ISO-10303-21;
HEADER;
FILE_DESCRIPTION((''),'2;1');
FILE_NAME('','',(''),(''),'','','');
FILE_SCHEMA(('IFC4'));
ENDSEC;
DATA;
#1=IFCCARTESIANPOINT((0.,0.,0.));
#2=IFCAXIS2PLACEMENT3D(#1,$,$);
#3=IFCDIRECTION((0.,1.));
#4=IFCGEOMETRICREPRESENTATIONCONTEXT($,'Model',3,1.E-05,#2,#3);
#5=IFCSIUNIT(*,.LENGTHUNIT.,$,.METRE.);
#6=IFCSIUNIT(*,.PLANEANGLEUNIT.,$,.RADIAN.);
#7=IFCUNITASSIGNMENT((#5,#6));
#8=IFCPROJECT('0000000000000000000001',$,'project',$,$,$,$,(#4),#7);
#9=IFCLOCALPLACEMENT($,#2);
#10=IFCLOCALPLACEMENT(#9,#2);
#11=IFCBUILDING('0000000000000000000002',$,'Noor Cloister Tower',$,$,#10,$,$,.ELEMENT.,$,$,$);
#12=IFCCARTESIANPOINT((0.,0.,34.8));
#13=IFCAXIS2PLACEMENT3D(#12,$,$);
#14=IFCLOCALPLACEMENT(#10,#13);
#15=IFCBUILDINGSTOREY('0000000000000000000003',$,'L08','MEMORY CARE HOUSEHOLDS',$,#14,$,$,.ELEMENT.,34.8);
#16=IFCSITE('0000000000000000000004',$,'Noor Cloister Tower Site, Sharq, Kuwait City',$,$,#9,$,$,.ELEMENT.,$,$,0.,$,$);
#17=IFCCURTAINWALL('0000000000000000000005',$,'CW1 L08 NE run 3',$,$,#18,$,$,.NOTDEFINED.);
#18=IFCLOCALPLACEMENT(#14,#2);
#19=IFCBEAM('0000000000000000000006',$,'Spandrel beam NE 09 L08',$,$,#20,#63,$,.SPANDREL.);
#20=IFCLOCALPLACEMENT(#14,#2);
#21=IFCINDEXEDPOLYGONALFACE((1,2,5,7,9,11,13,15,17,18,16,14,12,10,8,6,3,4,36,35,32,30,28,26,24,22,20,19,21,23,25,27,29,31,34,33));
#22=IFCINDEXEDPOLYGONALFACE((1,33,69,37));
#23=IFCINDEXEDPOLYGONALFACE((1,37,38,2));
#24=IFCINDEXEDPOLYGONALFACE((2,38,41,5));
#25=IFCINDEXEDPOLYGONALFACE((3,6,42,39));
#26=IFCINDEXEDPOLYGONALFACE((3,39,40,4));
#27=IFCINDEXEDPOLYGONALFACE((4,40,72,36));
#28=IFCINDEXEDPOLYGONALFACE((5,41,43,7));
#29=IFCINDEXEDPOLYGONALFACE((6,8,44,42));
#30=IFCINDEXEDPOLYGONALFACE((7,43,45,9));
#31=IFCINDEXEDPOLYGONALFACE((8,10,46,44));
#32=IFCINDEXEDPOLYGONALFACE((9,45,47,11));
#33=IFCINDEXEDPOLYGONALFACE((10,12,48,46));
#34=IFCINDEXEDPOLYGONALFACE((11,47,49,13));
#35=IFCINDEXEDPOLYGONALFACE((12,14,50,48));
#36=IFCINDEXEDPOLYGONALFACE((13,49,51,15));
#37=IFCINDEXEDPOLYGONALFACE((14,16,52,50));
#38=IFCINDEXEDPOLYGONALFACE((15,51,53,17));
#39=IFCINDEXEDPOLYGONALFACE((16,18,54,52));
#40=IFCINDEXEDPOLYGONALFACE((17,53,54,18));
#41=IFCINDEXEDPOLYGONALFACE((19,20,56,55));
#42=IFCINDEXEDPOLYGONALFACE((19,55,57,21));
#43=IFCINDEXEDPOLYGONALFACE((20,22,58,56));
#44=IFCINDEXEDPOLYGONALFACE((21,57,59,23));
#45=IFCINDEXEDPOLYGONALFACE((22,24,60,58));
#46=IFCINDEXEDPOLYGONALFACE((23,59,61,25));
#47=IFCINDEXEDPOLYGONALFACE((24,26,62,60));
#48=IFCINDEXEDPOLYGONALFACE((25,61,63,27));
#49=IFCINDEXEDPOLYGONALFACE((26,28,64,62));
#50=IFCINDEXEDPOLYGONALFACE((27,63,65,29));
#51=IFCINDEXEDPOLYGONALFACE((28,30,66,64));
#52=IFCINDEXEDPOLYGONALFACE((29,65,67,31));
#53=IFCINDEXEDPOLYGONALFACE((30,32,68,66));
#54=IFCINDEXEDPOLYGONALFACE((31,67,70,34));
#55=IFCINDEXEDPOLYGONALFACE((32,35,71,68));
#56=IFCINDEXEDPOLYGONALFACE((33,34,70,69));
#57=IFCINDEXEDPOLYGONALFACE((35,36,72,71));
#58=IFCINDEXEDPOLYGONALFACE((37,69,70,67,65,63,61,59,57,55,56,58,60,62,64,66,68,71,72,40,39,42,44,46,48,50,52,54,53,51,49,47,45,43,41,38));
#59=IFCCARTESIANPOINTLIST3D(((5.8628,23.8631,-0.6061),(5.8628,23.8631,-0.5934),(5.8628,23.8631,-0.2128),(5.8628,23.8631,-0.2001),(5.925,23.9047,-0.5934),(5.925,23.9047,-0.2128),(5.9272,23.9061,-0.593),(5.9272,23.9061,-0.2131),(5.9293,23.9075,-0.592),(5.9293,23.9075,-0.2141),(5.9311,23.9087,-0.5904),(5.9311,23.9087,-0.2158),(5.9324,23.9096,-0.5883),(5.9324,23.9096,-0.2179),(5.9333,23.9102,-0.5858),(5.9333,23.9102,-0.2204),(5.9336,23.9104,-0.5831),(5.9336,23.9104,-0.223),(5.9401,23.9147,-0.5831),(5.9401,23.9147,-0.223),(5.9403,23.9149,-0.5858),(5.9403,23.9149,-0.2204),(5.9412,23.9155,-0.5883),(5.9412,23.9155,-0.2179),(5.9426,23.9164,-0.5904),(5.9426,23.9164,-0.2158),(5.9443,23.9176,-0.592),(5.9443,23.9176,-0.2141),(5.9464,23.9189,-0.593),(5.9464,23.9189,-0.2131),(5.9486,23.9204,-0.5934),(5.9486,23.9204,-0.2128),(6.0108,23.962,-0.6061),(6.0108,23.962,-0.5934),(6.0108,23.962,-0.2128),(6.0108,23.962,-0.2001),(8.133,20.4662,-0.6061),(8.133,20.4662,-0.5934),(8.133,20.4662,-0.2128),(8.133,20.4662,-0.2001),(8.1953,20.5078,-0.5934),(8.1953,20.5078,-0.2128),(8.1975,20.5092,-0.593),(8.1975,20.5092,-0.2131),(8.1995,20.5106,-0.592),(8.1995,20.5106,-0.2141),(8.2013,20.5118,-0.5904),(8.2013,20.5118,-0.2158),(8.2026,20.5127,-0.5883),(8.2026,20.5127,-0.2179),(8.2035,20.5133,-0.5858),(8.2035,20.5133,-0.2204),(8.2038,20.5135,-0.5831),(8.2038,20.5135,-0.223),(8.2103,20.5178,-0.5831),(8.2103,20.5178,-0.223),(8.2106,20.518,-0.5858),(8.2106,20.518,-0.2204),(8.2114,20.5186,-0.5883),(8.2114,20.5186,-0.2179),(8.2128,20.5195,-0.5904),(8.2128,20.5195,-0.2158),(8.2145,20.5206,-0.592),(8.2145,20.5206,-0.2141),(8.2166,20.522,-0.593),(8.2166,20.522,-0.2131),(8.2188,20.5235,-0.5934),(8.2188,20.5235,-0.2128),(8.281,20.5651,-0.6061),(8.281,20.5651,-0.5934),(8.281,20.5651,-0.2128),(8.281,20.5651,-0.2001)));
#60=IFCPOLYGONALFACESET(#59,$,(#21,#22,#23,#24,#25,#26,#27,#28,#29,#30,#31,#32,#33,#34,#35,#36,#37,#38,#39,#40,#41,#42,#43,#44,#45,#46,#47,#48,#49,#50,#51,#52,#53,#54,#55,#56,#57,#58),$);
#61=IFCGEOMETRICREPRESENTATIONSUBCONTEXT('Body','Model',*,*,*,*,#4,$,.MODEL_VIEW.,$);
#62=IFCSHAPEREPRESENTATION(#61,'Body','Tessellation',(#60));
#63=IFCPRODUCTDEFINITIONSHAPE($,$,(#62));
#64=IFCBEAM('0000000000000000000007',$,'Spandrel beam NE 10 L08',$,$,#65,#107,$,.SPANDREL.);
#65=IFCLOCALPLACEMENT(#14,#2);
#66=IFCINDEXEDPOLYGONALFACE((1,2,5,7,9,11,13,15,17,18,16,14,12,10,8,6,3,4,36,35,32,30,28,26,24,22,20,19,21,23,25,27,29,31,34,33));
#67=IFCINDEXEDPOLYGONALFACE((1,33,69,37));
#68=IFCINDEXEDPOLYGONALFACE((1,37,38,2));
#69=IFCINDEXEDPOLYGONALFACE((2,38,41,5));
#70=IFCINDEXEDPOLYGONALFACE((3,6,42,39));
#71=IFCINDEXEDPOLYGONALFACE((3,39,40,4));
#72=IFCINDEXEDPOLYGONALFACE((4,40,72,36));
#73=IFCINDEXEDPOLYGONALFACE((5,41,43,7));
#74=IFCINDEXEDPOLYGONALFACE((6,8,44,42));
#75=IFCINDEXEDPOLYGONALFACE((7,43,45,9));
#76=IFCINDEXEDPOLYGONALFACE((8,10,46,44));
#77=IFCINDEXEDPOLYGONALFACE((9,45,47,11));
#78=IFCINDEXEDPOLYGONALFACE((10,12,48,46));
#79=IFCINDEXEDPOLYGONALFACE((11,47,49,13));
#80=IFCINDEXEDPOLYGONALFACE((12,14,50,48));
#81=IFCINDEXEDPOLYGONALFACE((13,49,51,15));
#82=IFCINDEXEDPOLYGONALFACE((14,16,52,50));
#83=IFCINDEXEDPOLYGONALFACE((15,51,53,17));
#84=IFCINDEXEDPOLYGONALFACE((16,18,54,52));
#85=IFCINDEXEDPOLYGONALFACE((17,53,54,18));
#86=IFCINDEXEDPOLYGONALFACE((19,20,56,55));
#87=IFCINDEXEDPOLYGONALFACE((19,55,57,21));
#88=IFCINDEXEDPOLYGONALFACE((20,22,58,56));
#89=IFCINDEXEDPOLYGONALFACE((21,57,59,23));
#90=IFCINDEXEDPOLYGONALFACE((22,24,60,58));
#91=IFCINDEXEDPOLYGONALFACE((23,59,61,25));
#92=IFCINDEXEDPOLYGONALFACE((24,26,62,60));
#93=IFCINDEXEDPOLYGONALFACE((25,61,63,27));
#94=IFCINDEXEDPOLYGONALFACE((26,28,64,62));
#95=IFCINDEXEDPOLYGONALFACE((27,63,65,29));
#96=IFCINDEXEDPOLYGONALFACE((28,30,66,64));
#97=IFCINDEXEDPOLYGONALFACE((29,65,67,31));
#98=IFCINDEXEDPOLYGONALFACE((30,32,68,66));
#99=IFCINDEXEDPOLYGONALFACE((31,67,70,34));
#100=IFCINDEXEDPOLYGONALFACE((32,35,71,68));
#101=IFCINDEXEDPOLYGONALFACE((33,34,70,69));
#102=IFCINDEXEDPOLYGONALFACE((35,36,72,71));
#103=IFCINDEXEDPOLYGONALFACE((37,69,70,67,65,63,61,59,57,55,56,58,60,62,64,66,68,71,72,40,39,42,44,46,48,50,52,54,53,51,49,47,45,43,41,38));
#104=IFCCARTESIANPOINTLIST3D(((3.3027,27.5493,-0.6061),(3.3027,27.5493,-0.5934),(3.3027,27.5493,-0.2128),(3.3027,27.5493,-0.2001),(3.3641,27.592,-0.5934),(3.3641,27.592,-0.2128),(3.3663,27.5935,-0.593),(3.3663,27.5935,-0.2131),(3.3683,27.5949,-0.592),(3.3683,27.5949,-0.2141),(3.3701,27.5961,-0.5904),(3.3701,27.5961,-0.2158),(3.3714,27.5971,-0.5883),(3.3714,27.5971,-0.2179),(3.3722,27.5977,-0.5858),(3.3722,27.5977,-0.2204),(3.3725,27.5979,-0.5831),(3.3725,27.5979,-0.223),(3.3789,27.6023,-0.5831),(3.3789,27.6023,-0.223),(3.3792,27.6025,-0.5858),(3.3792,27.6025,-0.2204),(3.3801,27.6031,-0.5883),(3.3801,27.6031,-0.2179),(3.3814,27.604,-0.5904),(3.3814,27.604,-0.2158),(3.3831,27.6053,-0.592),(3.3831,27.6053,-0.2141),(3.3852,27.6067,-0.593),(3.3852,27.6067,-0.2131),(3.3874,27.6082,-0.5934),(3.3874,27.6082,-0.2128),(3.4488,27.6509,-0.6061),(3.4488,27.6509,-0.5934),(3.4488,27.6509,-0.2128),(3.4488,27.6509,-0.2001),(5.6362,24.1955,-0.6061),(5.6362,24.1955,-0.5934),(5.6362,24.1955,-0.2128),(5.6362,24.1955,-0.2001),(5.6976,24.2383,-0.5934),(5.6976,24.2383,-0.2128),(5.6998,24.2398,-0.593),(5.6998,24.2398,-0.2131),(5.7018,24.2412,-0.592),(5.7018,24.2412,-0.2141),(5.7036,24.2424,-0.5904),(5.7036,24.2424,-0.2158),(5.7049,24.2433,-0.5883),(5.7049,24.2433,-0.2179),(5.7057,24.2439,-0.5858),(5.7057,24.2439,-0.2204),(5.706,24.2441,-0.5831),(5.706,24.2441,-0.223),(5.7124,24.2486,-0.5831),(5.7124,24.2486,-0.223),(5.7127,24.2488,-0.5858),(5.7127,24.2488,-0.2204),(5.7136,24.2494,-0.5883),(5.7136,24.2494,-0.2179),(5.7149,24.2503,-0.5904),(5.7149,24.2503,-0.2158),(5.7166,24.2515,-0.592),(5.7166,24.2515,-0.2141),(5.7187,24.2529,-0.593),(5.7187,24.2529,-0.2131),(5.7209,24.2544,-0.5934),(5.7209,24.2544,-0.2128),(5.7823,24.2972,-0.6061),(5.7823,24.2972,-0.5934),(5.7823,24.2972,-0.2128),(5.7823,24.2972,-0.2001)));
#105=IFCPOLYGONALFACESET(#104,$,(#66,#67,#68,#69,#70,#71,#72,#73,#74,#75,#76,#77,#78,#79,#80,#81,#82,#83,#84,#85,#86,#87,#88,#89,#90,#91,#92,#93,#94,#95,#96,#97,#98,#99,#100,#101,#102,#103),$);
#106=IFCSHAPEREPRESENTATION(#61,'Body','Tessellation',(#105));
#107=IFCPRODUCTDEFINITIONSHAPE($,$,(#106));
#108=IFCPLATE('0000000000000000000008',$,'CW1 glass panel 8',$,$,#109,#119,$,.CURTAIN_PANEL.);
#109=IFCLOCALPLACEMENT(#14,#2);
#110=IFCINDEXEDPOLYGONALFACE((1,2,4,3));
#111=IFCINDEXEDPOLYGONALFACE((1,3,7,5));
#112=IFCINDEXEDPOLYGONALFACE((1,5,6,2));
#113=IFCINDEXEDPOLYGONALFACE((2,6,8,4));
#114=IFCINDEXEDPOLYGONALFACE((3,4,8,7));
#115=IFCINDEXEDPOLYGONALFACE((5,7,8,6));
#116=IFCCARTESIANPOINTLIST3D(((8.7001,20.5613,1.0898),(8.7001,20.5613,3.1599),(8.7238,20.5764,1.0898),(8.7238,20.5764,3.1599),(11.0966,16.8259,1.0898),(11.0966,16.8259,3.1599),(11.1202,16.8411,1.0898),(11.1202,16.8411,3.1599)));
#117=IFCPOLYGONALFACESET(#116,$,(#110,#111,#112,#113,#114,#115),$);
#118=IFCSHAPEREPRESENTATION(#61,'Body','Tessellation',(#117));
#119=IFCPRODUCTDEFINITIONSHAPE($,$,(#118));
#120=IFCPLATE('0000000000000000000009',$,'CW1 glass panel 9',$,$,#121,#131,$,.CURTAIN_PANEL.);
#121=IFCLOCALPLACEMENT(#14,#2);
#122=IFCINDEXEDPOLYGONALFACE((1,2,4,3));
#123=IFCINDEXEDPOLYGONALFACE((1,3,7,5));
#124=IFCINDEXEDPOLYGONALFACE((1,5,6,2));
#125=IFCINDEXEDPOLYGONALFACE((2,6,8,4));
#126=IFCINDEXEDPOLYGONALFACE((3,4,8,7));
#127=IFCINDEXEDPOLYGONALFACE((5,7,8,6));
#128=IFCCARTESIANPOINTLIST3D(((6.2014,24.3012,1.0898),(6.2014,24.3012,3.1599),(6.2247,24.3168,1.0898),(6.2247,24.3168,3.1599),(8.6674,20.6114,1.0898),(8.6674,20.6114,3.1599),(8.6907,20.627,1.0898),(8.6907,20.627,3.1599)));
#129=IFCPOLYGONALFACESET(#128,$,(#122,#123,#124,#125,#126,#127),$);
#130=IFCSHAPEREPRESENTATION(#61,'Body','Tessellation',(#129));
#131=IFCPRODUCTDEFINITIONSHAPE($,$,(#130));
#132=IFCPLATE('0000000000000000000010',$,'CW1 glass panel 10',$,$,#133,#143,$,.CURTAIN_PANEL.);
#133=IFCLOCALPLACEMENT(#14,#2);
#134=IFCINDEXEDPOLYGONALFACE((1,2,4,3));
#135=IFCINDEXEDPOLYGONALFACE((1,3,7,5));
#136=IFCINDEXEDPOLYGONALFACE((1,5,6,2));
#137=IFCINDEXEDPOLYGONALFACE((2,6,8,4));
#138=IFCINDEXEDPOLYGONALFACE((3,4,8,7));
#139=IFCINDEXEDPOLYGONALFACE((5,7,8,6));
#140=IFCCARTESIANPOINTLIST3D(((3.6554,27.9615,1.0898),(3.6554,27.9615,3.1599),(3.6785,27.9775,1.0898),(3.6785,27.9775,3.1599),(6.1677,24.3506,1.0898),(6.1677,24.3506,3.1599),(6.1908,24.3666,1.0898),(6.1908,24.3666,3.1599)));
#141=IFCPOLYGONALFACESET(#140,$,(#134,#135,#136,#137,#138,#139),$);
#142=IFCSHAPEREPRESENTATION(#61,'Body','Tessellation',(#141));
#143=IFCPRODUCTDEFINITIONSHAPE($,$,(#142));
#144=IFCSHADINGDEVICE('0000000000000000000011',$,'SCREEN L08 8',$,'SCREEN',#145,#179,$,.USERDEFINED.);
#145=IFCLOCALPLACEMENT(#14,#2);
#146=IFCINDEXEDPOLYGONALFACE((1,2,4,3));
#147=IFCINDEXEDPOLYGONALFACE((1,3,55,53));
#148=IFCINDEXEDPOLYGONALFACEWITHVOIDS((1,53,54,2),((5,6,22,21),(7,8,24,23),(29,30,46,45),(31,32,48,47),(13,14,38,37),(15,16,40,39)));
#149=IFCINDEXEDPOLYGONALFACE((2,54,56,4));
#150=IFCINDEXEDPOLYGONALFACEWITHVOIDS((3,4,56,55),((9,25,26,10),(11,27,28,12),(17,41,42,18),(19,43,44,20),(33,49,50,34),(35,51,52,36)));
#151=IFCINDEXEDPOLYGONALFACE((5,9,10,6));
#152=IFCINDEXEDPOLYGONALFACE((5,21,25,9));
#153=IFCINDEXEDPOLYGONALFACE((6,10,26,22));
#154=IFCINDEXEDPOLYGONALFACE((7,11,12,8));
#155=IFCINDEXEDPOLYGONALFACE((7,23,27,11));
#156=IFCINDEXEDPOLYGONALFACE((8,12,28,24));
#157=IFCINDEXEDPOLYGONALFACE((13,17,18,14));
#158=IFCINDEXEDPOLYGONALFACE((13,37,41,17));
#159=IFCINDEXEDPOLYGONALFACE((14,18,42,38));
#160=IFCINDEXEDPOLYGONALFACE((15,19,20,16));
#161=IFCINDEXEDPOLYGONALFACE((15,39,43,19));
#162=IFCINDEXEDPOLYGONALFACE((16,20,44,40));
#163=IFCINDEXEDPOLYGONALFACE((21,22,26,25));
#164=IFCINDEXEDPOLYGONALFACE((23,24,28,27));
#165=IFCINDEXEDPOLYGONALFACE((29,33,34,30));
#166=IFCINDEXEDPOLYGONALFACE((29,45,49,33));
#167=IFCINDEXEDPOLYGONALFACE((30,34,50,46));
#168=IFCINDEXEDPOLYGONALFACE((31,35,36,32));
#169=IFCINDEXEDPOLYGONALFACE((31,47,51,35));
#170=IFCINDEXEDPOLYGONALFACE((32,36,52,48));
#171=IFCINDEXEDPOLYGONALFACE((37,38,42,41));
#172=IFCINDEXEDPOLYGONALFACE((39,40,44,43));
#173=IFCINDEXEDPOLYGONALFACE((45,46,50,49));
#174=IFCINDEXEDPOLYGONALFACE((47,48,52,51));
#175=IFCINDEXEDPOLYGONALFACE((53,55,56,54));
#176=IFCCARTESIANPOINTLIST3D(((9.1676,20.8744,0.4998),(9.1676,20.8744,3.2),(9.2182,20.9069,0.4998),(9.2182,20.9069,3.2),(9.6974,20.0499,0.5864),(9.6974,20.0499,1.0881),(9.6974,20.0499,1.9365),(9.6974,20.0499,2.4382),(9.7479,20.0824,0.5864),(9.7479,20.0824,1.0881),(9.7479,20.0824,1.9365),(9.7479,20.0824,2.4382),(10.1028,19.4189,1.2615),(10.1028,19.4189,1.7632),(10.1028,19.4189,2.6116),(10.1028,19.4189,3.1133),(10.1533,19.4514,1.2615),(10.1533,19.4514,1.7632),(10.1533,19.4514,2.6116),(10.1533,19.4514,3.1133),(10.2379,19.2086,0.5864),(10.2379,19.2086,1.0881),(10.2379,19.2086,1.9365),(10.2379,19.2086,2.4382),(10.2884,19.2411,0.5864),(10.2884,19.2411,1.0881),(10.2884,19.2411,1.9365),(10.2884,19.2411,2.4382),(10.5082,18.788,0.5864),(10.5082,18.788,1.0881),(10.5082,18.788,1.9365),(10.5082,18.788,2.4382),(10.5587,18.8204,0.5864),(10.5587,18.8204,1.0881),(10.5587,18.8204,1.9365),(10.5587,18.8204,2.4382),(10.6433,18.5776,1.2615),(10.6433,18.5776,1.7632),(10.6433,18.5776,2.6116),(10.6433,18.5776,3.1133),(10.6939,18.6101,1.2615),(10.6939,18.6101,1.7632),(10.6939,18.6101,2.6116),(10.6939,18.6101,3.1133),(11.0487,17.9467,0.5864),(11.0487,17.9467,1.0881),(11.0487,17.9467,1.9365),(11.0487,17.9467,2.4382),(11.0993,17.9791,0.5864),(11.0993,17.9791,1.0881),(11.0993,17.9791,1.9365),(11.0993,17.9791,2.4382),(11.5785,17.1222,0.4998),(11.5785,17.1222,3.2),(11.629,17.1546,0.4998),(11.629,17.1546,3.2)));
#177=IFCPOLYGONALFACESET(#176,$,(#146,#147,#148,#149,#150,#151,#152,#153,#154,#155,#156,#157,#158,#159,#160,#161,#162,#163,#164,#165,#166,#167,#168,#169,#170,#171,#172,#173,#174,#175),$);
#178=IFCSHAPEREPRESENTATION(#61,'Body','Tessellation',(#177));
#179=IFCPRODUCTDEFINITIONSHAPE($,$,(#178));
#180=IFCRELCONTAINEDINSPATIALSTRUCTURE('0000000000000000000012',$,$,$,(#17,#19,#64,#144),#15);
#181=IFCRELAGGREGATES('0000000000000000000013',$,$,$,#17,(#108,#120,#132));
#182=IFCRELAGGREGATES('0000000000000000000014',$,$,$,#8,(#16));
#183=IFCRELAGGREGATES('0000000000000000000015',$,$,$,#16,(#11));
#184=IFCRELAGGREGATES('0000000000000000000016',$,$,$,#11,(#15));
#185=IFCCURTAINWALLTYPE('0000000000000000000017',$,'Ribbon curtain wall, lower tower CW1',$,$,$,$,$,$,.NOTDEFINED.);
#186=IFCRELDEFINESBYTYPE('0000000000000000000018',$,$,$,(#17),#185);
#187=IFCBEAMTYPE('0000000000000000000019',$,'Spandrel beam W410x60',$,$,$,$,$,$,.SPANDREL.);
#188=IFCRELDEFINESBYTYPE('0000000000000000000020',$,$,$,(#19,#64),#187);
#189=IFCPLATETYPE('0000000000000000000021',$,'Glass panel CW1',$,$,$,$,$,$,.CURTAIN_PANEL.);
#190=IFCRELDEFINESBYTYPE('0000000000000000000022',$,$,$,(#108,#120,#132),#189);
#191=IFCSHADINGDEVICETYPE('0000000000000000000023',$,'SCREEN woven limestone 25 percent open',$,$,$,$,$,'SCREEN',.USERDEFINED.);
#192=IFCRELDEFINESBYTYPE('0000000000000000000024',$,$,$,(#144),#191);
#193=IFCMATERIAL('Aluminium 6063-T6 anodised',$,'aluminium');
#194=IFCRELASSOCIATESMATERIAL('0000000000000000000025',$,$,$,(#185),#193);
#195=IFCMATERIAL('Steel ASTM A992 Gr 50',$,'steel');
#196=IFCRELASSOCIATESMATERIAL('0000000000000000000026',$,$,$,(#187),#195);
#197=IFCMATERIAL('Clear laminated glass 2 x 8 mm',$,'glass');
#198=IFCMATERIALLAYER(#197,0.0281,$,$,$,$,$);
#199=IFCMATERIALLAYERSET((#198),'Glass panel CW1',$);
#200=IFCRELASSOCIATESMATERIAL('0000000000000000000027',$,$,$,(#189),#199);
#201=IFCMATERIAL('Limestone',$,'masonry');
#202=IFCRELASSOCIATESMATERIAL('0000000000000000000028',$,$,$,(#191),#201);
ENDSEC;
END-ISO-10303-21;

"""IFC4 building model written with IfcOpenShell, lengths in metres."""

from ifc_helpers import new_model, si_unit, direction, frame, origin, origin_2d, place, context, subcontext, project, spatial, polyline, rectangle, i_section, outline, extrude, material, layer, layer_set, material_profile, profile_set, type_object, element, aggregate, save


model = new_model("IFC4")

# Units and contexts
model_context = context("Model", 3, precision=1e-05, world=origin(), true_north=direction((0.0, 1.0)))
body_context = subcontext(model_context, "Body", "Model", "MODEL_VIEW")
ifc_project = project(units=[si_unit("LENGTHUNIT", "METRE"), si_unit("PLANEANGLEUNIT", "RADIAN")], contexts=[model_context])

# Site, building, storey
site_placement = place(None, origin())
site = spatial("IfcSite", under=ifc_project, at=site_placement, Name="Noor Cloister Tower Site, Sharq, Kuwait City", CompositionType="ELEMENT", RefElevation=0.0)
building_placement = place(site_placement, origin())
building = spatial("IfcBuilding", under=site, at=building_placement, Name="Noor Cloister Tower", CompositionType="ELEMENT")
storey_placement = place(building_placement, frame((0.0, 0.0, 34.8)))
storey = spatial("IfcBuildingStorey", under=building, at=storey_placement, Name="L08", Description="MEMORY CARE HOUSEHOLDS", CompositionType="ELEMENT", Elevation=34.8)

# Curtain wall
ifc_material_1 = material(Name="Aluminium 6063-T6 anodised", Category="aluminium")
curtain_wall_type = type_object("IfcCurtainWallType", Name="Ribbon curtain wall, lower tower CW1", PredefinedType="NOTDEFINED", material=ifc_material_1)
curtain_wall_placement = place(storey_placement, origin())
curtain_wall = element("IfcCurtainWall", 1, at=curtain_wall_placement, inside=storey, type_object=curtain_wall_type, Name="CW1 L08 NE run 3", PredefinedType="NOTDEFINED")

# Beams
ifc_material_2 = material(Name="Steel ASTM A992 Gr 50", Category="steel")
ifc_material_profile_1 = material_profile(ifc_material_2, i_section(OverallWidth=0.178, OverallDepth=0.406, WebThickness=0.0078, FlangeThickness=0.0127, FilletRadius=0.0103, at=origin_2d()), Name="W410x60")
ifc_profile_set_1 = profile_set([ifc_material_profile_1], Name="Steel ASTM A992 Gr 50")
beam_type_1 = type_object("IfcBeamType", Name="Spandrel beam W410x60", PredefinedType="SPANDREL", material=ifc_profile_set_1)
for number, where, z_axis, x_axis, name in (
    (2, (8.207, 20.5156, -0.4031), (-0.555651, 0.831415, 0.0), (-0.831415, -0.555651, 0.0), "Spandrel beam NE 09 L08"),
    (3, (5.7092, 24.2463, -0.4031), (-0.571138, 0.820854, 0.0), (-0.820854, -0.571138, 0.0), "Spandrel beam NE 10 L08"),
):
    element("IfcBeam", number, at=place(storey_placement, frame(where, z_axis=z_axis, x_axis=x_axis)), inside=storey, type_object=beam_type_1, Name=name, PredefinedType="SPANDREL", context=body_context, shape_type="SweptSolid", body=[
        extrude(i_section(OverallWidth=0.178, OverallDepth=0.406, WebThickness=0.0078, FlangeThickness=0.0127, FilletRadius=0.0103, at=origin_2d()), origin(), (0.0, 0.0, 1.0), 4.0857),
    ])

# Plates
ifc_material_3 = material(Name="Clear laminated glass 2 x 8 mm", Category="glass")
ifc_layer = layer(ifc_material_3, 0.0281)
ifc_layer_set = layer_set([ifc_layer], Name="Glass panel CW1")
plate_type = type_object("IfcPlateType", Name="Glass panel CW1", PredefinedType="CURTAIN_PANEL", material=ifc_layer_set)
plate_1_placement = place(storey_placement, frame((9.9102, 18.7012, 1.0898), z_axis=(0.0, 0.0, 1.0), x_axis=(-0.539983, 0.841676, 0.0)))
plate_1 = element("IfcPlate", 4, at=plate_1_placement, type_object=plate_type, Name="CW1 glass panel 8", PredefinedType="CURTAIN_PANEL", context=body_context, shape_type="SweptSolid", body=[
    extrude(rectangle(XDim=4.438, YDim=0.0281, at=origin_2d()), origin(), (0.0, 0.0, 1.0), 2.0701),
])
plate_2_placement = place(storey_placement, frame((7.446, 22.4641, 1.0898), z_axis=(0.0, 0.0, 1.0), x_axis=(-0.55565, 0.831416, 0.0)))
plate_2 = element("IfcPlate", 5, at=plate_2_placement, type_object=plate_type, Name="CW1 glass panel 9", PredefinedType="CURTAIN_PANEL", context=body_context, shape_type="SweptSolid", body=[
    extrude(rectangle(XDim=4.438, YDim=0.0281, at=origin_2d()), origin(), (0.0, 0.0, 1.0), 2.0701),
])
plate_3_placement = place(storey_placement, frame((4.9231, 26.1641, 1.0898), z_axis=(0.0, 0.0, 1.0), x_axis=(-0.571122, 0.820865, 0.0)))
plate_3 = element("IfcPlate", 6, at=plate_3_placement, type_object=plate_type, Name="CW1 glass panel 10", PredefinedType="CURTAIN_PANEL", context=body_context, shape_type="SweptSolid", body=[
    extrude(rectangle(XDim=4.3989, YDim=0.0281, at=origin_2d()), origin(), (0.0, 0.0, 1.0), 2.0701),
])
aggregate(curtain_wall, [plate_1, plate_2, plate_3])

# Shading device
ifc_material_4 = material(Name="Limestone", Category="masonry")
ifc_material_profile_2 = material_profile(ifc_material_4, outline(polyline([(-2.23, -1.3501), (2.23, -1.3501), (2.23, 1.3501), (-2.23, 1.3501), (-2.23, -1.3501)]), holes=[polyline([(-1.25, -1.2634), (-0.25, -1.2634), (-0.25, -0.7617), (-1.25, -0.7617), (-1.25, -1.2634)]), polyline([(0.25, -1.2634), (1.25, -1.2634), (1.25, -0.7617), (0.25, -0.7617), (0.25, -1.2634)]), polyline([(-0.5, -0.5884), (0.5, -0.5884), (0.5, -0.0867), (-0.5, -0.0867), (-0.5, -0.5884)]), polyline([(-1.25, 0.0867), (-0.25, 0.0867), (-0.25, 0.5884), (-1.25, 0.5884), (-1.25, 0.0867)]), polyline([(0.25, 0.0867), (1.25, 0.0867), (1.25, 0.5884), (0.25, 0.5884), (0.25, 0.0867)]), polyline([(-0.5, 0.7617), (0.5, 0.7617), (0.5, 1.2634), (-0.5, 1.2634), (-0.5, 0.7617)])]), Name="Woven screen 25 percent open")
ifc_profile_set_2 = profile_set([ifc_material_profile_2], Name="Limestone")
shading_device_type = type_object("IfcShadingDeviceType", Name="SCREEN woven limestone 25 percent open", ElementType="SCREEN", PredefinedType="USERDEFINED", material=ifc_profile_set_2)
shading_device_1_placement = place(storey_placement, frame((10.373, 18.9983, 1.8499), z_axis=(0.841311, 0.540552, 0.0), x_axis=(-0.540552, 0.841311, 0.0)))
element("IfcShadingDevice", 7, at=shading_device_1_placement, inside=storey, type_object=shading_device_type, Name="SCREEN L08 8", ObjectType="SCREEN", PredefinedType="USERDEFINED", context=body_context, shape_type="SweptSolid", body=[
    extrude(outline(polyline([(-2.23, -1.3501), (2.23, -1.3501), (2.23, 1.3501), (-2.23, 1.3501), (-2.23, -1.3501)]), holes=[polyline([(-1.25, -1.2634), (-0.25, -1.2634), (-0.25, -0.7617), (-1.25, -0.7617), (-1.25, -1.2634)]), polyline([(0.25, -1.2634), (1.25, -1.2634), (1.25, -0.7617), (0.25, -0.7617), (0.25, -1.2634)]), polyline([(-0.5, -0.5884), (0.5, -0.5884), (0.5, -0.0867), (-0.5, -0.0867), (-0.5, -0.5884)]), polyline([(-1.25, 0.0867), (-0.25, 0.0867), (-0.25, 0.5884), (-1.25, 0.5884), (-1.25, 0.0867)]), polyline([(0.25, 0.0867), (1.25, 0.0867), (1.25, 0.5884), (0.25, 0.5884), (0.25, 0.0867)]), polyline([(-0.5, 0.7617), (0.5, 0.7617), (0.5, 1.2634), (-0.5, 1.2634), (-0.5, 0.7617)])]), origin(), (0.0, 0.0, 1.0), 0.0601),
])

save(model, "model.ifc")
